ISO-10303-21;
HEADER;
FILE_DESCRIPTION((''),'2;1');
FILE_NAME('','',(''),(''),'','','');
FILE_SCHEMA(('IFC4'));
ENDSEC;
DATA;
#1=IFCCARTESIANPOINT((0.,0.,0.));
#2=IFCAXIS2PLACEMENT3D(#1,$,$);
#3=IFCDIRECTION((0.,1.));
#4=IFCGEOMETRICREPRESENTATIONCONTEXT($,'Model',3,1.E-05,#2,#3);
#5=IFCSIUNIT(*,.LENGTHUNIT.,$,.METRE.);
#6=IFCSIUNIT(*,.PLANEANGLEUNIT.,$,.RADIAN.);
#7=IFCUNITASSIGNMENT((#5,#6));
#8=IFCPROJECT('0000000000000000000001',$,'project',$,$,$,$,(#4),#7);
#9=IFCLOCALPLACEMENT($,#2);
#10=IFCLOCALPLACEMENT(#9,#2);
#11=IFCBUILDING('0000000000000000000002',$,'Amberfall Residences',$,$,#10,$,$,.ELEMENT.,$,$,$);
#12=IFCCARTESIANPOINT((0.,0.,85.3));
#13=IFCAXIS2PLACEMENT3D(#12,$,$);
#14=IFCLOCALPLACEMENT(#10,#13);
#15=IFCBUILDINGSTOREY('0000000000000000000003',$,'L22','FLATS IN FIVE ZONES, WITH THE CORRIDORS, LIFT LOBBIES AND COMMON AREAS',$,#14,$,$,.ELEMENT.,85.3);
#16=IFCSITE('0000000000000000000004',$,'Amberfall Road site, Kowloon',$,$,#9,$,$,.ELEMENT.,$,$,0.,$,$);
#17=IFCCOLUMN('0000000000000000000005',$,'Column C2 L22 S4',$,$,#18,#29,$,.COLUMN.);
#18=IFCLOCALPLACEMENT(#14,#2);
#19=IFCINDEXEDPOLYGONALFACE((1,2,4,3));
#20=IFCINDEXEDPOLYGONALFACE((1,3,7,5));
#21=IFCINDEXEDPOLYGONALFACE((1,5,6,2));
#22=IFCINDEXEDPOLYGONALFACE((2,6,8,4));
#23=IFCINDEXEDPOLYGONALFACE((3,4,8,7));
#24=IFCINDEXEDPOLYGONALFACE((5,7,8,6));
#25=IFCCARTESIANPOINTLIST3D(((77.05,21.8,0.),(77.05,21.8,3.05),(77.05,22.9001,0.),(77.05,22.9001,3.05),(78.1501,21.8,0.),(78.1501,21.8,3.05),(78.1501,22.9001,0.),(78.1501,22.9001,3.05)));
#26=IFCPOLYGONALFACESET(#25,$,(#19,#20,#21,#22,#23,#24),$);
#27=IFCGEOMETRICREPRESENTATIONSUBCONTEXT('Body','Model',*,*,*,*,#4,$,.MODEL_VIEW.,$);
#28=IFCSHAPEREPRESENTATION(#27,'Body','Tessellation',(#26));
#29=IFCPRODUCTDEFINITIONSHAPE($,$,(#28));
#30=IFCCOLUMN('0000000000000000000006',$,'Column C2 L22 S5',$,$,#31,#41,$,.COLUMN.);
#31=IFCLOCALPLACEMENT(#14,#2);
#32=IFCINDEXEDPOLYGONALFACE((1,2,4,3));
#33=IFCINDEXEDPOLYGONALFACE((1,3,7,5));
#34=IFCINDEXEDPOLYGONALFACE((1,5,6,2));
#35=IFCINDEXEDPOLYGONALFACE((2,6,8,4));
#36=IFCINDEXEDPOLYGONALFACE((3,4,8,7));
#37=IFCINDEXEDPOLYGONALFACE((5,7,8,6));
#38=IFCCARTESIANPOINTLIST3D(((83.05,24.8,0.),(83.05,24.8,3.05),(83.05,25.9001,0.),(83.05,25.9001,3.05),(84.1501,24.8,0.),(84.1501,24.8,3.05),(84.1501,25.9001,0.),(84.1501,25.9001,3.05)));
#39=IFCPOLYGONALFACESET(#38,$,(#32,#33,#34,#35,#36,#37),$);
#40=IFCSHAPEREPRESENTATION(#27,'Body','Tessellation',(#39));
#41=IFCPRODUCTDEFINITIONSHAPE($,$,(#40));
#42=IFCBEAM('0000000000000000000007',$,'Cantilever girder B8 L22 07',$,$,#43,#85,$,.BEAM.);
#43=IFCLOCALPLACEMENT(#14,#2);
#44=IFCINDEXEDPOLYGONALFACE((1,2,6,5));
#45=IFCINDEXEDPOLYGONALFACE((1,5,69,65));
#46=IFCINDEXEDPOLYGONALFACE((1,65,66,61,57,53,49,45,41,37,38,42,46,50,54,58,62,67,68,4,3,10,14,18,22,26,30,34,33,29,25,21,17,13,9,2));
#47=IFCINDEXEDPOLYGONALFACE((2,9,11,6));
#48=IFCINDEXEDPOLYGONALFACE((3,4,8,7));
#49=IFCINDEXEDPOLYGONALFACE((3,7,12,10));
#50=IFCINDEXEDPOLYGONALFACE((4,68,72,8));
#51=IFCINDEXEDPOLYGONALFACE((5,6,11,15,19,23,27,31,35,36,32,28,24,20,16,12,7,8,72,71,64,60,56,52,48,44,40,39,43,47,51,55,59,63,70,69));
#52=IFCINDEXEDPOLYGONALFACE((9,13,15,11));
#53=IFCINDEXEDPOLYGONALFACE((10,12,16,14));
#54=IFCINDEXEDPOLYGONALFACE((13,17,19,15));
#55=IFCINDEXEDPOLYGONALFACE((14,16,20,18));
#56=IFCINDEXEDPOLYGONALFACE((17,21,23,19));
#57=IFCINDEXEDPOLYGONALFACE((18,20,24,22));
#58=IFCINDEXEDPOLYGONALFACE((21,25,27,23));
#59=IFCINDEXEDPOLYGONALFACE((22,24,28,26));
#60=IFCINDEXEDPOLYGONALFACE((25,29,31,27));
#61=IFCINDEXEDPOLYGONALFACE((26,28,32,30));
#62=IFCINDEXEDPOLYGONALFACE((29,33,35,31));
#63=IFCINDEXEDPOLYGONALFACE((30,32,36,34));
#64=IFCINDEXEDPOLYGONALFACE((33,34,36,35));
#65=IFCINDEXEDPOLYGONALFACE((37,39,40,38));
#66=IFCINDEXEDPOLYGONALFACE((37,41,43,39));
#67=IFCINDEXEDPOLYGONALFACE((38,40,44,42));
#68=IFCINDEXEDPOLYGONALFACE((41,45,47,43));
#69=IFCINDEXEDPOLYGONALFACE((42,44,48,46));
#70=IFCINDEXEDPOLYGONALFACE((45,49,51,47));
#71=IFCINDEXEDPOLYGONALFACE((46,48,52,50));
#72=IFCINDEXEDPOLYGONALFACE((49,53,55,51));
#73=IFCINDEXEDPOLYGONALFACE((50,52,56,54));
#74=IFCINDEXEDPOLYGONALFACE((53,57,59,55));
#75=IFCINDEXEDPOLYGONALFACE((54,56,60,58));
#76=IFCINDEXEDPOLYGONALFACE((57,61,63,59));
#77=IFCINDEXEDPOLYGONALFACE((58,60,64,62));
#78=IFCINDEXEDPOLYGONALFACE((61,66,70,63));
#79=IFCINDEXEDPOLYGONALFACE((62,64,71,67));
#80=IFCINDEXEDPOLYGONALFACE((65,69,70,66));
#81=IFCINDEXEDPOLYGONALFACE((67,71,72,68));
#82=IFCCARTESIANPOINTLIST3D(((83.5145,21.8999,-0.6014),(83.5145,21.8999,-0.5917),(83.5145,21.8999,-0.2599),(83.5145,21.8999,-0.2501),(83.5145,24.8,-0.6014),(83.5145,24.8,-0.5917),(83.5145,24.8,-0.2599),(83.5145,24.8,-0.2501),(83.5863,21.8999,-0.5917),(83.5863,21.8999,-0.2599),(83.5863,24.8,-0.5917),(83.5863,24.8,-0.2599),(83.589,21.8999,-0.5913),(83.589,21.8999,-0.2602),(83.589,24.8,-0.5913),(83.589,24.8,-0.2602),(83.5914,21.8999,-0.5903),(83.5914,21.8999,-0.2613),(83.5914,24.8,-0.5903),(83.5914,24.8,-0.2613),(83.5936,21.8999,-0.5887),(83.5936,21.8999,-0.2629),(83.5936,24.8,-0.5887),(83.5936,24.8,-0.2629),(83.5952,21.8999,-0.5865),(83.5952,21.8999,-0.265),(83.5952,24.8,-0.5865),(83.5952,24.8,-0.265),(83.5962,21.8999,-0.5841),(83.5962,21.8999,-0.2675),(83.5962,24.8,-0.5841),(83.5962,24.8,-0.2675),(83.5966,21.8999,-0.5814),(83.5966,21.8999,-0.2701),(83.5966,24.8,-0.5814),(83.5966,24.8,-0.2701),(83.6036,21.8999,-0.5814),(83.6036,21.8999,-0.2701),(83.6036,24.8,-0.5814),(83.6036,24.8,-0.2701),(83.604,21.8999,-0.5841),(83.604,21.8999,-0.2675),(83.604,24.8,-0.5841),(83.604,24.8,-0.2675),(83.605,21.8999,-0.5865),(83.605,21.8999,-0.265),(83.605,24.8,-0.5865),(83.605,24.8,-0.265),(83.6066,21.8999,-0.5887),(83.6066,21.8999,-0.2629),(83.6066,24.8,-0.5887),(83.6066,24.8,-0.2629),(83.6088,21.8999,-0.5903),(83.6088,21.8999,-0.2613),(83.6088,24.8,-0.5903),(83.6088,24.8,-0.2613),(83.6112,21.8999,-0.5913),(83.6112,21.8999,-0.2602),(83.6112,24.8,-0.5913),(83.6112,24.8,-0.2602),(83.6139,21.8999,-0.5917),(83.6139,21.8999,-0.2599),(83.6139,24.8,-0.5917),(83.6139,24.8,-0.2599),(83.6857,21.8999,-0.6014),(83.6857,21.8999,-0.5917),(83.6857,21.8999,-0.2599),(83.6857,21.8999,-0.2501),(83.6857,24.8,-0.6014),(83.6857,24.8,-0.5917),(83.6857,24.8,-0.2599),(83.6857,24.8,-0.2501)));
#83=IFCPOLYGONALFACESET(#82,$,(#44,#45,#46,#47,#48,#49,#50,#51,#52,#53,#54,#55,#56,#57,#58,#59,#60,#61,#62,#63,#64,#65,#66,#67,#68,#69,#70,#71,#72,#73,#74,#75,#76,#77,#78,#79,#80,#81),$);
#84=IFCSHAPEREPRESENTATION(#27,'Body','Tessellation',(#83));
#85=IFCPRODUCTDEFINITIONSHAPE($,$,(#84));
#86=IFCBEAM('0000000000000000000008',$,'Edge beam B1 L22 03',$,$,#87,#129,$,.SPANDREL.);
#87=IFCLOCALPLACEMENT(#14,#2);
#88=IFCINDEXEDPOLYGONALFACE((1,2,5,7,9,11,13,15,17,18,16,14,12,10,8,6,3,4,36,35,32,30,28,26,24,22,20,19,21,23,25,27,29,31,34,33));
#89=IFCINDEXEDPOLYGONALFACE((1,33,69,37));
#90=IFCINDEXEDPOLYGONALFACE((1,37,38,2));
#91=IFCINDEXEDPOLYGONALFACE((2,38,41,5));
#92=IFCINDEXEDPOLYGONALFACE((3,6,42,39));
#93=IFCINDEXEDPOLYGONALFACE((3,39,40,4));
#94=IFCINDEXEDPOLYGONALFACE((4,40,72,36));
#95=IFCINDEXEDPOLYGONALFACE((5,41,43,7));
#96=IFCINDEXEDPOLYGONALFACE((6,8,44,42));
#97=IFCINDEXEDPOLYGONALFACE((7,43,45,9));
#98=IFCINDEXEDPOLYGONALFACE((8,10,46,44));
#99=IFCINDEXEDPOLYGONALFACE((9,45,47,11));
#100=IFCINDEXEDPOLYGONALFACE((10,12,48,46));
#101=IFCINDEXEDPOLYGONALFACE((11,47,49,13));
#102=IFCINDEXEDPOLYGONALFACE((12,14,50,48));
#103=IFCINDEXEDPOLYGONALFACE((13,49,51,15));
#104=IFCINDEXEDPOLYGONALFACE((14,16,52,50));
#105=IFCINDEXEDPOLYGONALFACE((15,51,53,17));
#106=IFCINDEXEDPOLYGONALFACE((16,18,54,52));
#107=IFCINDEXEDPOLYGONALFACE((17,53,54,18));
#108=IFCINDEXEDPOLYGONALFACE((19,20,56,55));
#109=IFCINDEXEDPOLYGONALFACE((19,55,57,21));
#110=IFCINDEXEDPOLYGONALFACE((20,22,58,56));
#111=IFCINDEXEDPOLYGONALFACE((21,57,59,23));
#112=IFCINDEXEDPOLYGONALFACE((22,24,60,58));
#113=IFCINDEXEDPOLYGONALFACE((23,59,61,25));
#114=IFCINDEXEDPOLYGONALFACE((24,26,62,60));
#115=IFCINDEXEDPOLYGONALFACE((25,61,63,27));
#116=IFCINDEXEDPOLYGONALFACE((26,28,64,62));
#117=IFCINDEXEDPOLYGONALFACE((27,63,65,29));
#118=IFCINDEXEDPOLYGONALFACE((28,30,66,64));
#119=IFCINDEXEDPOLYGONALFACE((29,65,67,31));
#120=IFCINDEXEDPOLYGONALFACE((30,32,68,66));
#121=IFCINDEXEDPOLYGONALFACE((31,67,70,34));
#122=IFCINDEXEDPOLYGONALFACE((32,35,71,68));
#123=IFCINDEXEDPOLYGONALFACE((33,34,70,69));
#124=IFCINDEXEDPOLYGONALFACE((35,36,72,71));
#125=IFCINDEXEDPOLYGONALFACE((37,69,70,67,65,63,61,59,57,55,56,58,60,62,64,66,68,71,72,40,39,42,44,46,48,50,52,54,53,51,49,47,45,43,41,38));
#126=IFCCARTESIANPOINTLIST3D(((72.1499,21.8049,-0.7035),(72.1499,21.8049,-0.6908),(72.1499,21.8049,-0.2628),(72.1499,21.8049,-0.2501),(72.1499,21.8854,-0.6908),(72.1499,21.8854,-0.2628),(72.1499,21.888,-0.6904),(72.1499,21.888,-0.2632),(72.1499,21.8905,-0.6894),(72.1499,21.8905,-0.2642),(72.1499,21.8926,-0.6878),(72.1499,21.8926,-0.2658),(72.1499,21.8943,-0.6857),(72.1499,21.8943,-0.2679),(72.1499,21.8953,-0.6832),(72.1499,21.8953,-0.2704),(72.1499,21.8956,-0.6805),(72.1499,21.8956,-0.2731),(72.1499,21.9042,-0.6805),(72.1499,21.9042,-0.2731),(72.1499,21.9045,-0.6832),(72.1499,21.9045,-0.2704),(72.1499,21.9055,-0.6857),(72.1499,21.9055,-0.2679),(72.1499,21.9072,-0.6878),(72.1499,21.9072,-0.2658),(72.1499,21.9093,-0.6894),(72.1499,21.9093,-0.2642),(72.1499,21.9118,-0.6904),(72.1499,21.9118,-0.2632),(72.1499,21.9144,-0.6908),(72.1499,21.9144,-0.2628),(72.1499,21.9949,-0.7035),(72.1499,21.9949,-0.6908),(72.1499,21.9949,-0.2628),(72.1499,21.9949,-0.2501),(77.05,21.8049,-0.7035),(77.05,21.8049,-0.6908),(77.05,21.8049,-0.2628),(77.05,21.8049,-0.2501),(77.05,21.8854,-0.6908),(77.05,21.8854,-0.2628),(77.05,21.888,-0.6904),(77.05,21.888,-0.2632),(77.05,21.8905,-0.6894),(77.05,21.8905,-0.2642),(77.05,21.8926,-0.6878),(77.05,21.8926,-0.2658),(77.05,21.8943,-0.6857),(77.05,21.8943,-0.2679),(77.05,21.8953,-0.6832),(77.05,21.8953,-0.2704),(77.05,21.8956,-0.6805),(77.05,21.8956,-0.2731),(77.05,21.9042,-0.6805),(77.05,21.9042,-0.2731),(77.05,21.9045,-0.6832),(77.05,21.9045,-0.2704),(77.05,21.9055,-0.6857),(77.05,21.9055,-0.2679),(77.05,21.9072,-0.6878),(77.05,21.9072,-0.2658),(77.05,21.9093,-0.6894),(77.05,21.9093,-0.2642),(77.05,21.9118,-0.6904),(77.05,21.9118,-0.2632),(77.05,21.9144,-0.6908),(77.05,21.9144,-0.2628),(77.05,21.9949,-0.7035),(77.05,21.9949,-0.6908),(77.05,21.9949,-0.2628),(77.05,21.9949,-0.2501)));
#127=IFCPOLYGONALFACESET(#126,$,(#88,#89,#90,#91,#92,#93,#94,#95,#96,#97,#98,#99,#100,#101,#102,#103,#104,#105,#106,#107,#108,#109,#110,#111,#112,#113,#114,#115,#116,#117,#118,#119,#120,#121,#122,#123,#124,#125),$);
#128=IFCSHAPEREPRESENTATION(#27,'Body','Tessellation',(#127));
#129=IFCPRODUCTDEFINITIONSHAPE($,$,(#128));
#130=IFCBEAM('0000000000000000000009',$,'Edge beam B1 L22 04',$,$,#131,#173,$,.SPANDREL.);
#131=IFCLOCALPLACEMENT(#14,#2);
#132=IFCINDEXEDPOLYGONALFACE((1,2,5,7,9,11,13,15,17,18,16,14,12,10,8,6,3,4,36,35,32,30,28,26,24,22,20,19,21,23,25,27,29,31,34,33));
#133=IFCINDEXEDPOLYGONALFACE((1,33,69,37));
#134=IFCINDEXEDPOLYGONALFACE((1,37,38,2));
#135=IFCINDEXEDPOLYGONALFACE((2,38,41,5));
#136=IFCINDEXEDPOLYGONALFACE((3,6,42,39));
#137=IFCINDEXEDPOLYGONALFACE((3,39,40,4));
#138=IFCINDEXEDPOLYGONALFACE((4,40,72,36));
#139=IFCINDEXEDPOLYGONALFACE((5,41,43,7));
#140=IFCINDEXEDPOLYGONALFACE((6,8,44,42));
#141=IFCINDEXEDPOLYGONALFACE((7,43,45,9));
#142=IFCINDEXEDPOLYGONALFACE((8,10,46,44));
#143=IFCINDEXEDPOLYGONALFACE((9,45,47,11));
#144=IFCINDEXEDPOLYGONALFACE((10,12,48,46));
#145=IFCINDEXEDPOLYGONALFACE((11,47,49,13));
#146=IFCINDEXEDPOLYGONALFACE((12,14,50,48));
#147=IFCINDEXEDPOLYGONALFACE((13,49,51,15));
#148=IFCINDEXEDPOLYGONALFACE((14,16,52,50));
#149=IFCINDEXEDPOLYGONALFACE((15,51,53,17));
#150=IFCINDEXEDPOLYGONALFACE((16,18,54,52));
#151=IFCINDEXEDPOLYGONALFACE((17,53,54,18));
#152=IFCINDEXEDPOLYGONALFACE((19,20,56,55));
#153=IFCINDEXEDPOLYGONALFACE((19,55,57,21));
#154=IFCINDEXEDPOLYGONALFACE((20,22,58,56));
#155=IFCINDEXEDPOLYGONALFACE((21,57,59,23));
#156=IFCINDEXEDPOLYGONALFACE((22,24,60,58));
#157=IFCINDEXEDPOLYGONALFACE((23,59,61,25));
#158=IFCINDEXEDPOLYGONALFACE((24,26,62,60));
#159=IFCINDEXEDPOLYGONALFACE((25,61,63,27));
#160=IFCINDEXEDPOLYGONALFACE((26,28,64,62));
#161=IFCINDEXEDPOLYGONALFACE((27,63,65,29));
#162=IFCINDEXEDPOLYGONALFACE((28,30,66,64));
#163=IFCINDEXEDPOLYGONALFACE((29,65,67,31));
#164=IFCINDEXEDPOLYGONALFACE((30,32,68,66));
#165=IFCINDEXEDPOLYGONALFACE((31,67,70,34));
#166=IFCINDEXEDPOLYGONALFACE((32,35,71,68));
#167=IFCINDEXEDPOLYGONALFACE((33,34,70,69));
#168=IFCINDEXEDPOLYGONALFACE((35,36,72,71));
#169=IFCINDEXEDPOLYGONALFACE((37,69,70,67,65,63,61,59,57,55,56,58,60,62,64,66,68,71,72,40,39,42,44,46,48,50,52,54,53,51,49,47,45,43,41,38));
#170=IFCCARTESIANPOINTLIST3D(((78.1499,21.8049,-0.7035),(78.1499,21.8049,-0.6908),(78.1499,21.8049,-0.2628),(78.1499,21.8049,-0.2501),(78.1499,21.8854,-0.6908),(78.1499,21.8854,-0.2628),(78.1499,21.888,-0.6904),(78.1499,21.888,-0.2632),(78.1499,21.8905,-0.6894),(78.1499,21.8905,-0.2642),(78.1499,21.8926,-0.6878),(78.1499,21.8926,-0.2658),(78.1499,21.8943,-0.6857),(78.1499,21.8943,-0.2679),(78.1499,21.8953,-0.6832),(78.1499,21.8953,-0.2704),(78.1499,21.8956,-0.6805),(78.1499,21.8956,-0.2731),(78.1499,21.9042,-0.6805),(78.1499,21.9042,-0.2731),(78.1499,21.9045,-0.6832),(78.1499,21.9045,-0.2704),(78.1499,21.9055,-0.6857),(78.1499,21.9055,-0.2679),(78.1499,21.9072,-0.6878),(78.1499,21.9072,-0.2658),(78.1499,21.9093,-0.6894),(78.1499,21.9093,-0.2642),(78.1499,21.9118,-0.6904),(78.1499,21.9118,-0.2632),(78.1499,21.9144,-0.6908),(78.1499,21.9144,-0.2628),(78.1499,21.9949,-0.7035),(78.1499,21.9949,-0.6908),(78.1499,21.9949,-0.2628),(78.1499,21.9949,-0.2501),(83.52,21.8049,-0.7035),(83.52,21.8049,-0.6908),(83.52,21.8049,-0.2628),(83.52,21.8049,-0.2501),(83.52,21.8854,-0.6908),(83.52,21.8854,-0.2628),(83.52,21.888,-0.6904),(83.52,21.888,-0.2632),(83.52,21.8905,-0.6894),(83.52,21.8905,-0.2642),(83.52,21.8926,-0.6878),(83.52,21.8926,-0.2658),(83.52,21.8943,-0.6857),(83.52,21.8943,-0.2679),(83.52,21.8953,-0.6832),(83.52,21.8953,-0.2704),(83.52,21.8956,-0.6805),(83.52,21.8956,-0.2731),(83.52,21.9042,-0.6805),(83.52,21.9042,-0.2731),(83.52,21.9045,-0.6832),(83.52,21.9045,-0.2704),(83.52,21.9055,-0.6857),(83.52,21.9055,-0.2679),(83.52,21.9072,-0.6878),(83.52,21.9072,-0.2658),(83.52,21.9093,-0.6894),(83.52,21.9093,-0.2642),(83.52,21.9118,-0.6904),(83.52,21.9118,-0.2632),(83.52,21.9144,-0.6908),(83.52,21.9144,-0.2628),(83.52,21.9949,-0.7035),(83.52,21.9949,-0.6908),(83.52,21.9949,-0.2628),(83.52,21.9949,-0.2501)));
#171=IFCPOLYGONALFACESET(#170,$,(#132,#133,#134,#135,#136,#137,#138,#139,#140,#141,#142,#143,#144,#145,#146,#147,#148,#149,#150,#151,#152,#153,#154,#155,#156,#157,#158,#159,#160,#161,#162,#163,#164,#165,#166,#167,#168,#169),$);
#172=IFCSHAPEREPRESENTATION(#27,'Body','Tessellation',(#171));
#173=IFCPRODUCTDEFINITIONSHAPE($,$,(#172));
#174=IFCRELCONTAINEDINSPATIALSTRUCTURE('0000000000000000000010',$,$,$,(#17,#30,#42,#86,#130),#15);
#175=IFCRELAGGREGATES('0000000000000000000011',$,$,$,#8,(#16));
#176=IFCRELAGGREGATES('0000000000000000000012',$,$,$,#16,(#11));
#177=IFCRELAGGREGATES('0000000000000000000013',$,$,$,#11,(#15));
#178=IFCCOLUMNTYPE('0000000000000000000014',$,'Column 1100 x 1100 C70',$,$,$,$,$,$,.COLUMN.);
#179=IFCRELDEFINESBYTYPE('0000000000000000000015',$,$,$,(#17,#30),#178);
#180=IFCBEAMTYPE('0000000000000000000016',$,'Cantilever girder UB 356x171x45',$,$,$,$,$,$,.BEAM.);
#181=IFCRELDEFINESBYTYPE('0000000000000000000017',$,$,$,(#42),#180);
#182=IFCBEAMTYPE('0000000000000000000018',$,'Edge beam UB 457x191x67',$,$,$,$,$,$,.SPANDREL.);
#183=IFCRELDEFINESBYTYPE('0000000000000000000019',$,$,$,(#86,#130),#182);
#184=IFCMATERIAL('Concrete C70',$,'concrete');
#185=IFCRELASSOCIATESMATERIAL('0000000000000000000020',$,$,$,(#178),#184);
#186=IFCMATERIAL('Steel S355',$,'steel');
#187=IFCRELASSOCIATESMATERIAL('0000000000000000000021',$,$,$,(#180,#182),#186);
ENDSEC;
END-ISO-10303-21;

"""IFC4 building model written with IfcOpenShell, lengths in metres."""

from ifc_helpers import new_model, si_unit, direction, frame, origin, origin_2d, place, context, subcontext, project, spatial, rectangle, i_section, extrude, material, material_profile, profile_set, type_object, element, save


model = new_model("IFC4")

# Units and contexts
model_context = context("Model", 3, precision=1e-05, world=origin(), true_north=direction((0.0, 1.0)))
body_context = subcontext(model_context, "Body", "Model", "MODEL_VIEW")
ifc_project = project(units=[si_unit("LENGTHUNIT", "METRE"), si_unit("PLANEANGLEUNIT", "RADIAN")], contexts=[model_context])

# Site, building, storey
site_placement = place(None, origin())
site = spatial("IfcSite", under=ifc_project, at=site_placement, Name="Amberfall Road site, Kowloon", CompositionType="ELEMENT", RefElevation=0.0)
building_placement = place(site_placement, origin())
building = spatial("IfcBuilding", under=site, at=building_placement, Name="Amberfall Residences", CompositionType="ELEMENT")
storey_placement = place(building_placement, frame((0.0, 0.0, 85.3)))
storey = spatial("IfcBuildingStorey", under=building, at=storey_placement, Name="L22", Description="FLATS IN FIVE ZONES, WITH THE CORRIDORS, LIFT LOBBIES AND COMMON AREAS", CompositionType="ELEMENT", Elevation=85.3)

# Columns
ifc_material_1 = material(Name="Concrete C70", Category="concrete")
ifc_material_profile_1 = material_profile(ifc_material_1, rectangle(XDim=1.1001, YDim=1.1001, at=origin_2d()), Name="Column 1100 x 1100 C70")
ifc_profile_set_1 = profile_set([ifc_material_profile_1], Name="Concrete C70")
column_type = type_object("IfcColumnType", Name="Column 1100 x 1100 C70", PredefinedType="COLUMN", material=ifc_profile_set_1)
for number, where, z_axis, x_axis, name in (
    (1, (77.6001, 22.3501, 0.0), (0.0, 0.0, 1.0), (1.0, 0.0, 0.0), "Column C2 L22 S4"),
    (2, (83.6001, 25.3501, 0.0), (0.0, 0.0, 1.0), (1.0, 0.0, 0.0), "Column C2 L22 S5"),
):
    element("IfcColumn", number, at=place(storey_placement, frame(where, z_axis=z_axis, x_axis=x_axis)), inside=storey, type_object=column_type, Name=name, PredefinedType="COLUMN", context=body_context, shape_type="SweptSolid", body=[
        extrude(rectangle(XDim=1.1001, YDim=1.1001, at=origin_2d()), origin(), (0.0, 0.0, 1.0), 3.05),
    ])

# Beams
ifc_material_2 = material(Name="Steel S355", Category="steel")
ifc_material_profile_2 = material_profile(ifc_material_2, i_section(OverallWidth=0.1711, OverallDepth=0.3513, WebThickness=0.0071, FlangeThickness=0.0098, FilletRadius=0.0103, at=origin_2d()), Name="UB 356x171x45")
ifc_profile_set_2 = profile_set([ifc_material_profile_2], Name="Steel S355")
beam_type_1 = type_object("IfcBeamType", Name="Cantilever girder UB 356x171x45", PredefinedType="BEAM", material=ifc_profile_set_2)
beam_1_placement = place(storey_placement, frame((83.6001, 24.8, -0.4258), z_axis=(0.0, -1.0, 0.0), x_axis=(1.0, 0.0, 0.0)))
element("IfcBeam", 3, at=beam_1_placement, inside=storey, type_object=beam_type_1, Name="Cantilever girder B8 L22 07", PredefinedType="BEAM", context=body_context, shape_type="SweptSolid", body=[
    extrude(i_section(OverallWidth=0.1711, OverallDepth=0.3513, WebThickness=0.0071, FlangeThickness=0.0098, FilletRadius=0.0103, at=origin_2d()), origin(), (0.0, 0.0, 1.0), 2.9001),
])
ifc_material_profile_3 = material_profile(ifc_material_2, i_section(OverallWidth=0.1899, OverallDepth=0.4534, WebThickness=0.0085, FlangeThickness=0.0127, FilletRadius=0.0103, at=origin_2d()), Name="UB 457x191x67")
ifc_profile_set_3 = profile_set([ifc_material_profile_3], Name="Steel S355")
beam_type_2 = type_object("IfcBeamType", Name="Edge beam UB 457x191x67", PredefinedType="SPANDREL", material=ifc_profile_set_3)
beam_2_placement = place(storey_placement, frame((72.1499, 21.8999, -0.4768), z_axis=(1.0, 0.0, 0.0), x_axis=(0.0, 1.0, 0.0)))
element("IfcBeam", 4, at=beam_2_placement, inside=storey, type_object=beam_type_2, Name="Edge beam B1 L22 03", PredefinedType="SPANDREL", context=body_context, shape_type="SweptSolid", body=[
    extrude(i_section(OverallWidth=0.1899, OverallDepth=0.4534, WebThickness=0.0085, FlangeThickness=0.0127, FilletRadius=0.0103, at=origin_2d()), origin(), (0.0, 0.0, 1.0), 4.9001),
])
beam_3_placement = place(storey_placement, frame((78.1499, 21.8999, -0.4768), z_axis=(1.0, 0.0, 0.0), x_axis=(0.0, 1.0, 0.0)))
element("IfcBeam", 5, at=beam_3_placement, inside=storey, type_object=beam_type_2, Name="Edge beam B1 L22 04", PredefinedType="SPANDREL", context=body_context, shape_type="SweptSolid", body=[
    extrude(i_section(OverallWidth=0.1899, OverallDepth=0.4534, WebThickness=0.0085, FlangeThickness=0.0127, FilletRadius=0.0103, at=origin_2d()), origin(), (0.0, 0.0, 1.0), 5.3701),
])

save(model, "model.ifc")
